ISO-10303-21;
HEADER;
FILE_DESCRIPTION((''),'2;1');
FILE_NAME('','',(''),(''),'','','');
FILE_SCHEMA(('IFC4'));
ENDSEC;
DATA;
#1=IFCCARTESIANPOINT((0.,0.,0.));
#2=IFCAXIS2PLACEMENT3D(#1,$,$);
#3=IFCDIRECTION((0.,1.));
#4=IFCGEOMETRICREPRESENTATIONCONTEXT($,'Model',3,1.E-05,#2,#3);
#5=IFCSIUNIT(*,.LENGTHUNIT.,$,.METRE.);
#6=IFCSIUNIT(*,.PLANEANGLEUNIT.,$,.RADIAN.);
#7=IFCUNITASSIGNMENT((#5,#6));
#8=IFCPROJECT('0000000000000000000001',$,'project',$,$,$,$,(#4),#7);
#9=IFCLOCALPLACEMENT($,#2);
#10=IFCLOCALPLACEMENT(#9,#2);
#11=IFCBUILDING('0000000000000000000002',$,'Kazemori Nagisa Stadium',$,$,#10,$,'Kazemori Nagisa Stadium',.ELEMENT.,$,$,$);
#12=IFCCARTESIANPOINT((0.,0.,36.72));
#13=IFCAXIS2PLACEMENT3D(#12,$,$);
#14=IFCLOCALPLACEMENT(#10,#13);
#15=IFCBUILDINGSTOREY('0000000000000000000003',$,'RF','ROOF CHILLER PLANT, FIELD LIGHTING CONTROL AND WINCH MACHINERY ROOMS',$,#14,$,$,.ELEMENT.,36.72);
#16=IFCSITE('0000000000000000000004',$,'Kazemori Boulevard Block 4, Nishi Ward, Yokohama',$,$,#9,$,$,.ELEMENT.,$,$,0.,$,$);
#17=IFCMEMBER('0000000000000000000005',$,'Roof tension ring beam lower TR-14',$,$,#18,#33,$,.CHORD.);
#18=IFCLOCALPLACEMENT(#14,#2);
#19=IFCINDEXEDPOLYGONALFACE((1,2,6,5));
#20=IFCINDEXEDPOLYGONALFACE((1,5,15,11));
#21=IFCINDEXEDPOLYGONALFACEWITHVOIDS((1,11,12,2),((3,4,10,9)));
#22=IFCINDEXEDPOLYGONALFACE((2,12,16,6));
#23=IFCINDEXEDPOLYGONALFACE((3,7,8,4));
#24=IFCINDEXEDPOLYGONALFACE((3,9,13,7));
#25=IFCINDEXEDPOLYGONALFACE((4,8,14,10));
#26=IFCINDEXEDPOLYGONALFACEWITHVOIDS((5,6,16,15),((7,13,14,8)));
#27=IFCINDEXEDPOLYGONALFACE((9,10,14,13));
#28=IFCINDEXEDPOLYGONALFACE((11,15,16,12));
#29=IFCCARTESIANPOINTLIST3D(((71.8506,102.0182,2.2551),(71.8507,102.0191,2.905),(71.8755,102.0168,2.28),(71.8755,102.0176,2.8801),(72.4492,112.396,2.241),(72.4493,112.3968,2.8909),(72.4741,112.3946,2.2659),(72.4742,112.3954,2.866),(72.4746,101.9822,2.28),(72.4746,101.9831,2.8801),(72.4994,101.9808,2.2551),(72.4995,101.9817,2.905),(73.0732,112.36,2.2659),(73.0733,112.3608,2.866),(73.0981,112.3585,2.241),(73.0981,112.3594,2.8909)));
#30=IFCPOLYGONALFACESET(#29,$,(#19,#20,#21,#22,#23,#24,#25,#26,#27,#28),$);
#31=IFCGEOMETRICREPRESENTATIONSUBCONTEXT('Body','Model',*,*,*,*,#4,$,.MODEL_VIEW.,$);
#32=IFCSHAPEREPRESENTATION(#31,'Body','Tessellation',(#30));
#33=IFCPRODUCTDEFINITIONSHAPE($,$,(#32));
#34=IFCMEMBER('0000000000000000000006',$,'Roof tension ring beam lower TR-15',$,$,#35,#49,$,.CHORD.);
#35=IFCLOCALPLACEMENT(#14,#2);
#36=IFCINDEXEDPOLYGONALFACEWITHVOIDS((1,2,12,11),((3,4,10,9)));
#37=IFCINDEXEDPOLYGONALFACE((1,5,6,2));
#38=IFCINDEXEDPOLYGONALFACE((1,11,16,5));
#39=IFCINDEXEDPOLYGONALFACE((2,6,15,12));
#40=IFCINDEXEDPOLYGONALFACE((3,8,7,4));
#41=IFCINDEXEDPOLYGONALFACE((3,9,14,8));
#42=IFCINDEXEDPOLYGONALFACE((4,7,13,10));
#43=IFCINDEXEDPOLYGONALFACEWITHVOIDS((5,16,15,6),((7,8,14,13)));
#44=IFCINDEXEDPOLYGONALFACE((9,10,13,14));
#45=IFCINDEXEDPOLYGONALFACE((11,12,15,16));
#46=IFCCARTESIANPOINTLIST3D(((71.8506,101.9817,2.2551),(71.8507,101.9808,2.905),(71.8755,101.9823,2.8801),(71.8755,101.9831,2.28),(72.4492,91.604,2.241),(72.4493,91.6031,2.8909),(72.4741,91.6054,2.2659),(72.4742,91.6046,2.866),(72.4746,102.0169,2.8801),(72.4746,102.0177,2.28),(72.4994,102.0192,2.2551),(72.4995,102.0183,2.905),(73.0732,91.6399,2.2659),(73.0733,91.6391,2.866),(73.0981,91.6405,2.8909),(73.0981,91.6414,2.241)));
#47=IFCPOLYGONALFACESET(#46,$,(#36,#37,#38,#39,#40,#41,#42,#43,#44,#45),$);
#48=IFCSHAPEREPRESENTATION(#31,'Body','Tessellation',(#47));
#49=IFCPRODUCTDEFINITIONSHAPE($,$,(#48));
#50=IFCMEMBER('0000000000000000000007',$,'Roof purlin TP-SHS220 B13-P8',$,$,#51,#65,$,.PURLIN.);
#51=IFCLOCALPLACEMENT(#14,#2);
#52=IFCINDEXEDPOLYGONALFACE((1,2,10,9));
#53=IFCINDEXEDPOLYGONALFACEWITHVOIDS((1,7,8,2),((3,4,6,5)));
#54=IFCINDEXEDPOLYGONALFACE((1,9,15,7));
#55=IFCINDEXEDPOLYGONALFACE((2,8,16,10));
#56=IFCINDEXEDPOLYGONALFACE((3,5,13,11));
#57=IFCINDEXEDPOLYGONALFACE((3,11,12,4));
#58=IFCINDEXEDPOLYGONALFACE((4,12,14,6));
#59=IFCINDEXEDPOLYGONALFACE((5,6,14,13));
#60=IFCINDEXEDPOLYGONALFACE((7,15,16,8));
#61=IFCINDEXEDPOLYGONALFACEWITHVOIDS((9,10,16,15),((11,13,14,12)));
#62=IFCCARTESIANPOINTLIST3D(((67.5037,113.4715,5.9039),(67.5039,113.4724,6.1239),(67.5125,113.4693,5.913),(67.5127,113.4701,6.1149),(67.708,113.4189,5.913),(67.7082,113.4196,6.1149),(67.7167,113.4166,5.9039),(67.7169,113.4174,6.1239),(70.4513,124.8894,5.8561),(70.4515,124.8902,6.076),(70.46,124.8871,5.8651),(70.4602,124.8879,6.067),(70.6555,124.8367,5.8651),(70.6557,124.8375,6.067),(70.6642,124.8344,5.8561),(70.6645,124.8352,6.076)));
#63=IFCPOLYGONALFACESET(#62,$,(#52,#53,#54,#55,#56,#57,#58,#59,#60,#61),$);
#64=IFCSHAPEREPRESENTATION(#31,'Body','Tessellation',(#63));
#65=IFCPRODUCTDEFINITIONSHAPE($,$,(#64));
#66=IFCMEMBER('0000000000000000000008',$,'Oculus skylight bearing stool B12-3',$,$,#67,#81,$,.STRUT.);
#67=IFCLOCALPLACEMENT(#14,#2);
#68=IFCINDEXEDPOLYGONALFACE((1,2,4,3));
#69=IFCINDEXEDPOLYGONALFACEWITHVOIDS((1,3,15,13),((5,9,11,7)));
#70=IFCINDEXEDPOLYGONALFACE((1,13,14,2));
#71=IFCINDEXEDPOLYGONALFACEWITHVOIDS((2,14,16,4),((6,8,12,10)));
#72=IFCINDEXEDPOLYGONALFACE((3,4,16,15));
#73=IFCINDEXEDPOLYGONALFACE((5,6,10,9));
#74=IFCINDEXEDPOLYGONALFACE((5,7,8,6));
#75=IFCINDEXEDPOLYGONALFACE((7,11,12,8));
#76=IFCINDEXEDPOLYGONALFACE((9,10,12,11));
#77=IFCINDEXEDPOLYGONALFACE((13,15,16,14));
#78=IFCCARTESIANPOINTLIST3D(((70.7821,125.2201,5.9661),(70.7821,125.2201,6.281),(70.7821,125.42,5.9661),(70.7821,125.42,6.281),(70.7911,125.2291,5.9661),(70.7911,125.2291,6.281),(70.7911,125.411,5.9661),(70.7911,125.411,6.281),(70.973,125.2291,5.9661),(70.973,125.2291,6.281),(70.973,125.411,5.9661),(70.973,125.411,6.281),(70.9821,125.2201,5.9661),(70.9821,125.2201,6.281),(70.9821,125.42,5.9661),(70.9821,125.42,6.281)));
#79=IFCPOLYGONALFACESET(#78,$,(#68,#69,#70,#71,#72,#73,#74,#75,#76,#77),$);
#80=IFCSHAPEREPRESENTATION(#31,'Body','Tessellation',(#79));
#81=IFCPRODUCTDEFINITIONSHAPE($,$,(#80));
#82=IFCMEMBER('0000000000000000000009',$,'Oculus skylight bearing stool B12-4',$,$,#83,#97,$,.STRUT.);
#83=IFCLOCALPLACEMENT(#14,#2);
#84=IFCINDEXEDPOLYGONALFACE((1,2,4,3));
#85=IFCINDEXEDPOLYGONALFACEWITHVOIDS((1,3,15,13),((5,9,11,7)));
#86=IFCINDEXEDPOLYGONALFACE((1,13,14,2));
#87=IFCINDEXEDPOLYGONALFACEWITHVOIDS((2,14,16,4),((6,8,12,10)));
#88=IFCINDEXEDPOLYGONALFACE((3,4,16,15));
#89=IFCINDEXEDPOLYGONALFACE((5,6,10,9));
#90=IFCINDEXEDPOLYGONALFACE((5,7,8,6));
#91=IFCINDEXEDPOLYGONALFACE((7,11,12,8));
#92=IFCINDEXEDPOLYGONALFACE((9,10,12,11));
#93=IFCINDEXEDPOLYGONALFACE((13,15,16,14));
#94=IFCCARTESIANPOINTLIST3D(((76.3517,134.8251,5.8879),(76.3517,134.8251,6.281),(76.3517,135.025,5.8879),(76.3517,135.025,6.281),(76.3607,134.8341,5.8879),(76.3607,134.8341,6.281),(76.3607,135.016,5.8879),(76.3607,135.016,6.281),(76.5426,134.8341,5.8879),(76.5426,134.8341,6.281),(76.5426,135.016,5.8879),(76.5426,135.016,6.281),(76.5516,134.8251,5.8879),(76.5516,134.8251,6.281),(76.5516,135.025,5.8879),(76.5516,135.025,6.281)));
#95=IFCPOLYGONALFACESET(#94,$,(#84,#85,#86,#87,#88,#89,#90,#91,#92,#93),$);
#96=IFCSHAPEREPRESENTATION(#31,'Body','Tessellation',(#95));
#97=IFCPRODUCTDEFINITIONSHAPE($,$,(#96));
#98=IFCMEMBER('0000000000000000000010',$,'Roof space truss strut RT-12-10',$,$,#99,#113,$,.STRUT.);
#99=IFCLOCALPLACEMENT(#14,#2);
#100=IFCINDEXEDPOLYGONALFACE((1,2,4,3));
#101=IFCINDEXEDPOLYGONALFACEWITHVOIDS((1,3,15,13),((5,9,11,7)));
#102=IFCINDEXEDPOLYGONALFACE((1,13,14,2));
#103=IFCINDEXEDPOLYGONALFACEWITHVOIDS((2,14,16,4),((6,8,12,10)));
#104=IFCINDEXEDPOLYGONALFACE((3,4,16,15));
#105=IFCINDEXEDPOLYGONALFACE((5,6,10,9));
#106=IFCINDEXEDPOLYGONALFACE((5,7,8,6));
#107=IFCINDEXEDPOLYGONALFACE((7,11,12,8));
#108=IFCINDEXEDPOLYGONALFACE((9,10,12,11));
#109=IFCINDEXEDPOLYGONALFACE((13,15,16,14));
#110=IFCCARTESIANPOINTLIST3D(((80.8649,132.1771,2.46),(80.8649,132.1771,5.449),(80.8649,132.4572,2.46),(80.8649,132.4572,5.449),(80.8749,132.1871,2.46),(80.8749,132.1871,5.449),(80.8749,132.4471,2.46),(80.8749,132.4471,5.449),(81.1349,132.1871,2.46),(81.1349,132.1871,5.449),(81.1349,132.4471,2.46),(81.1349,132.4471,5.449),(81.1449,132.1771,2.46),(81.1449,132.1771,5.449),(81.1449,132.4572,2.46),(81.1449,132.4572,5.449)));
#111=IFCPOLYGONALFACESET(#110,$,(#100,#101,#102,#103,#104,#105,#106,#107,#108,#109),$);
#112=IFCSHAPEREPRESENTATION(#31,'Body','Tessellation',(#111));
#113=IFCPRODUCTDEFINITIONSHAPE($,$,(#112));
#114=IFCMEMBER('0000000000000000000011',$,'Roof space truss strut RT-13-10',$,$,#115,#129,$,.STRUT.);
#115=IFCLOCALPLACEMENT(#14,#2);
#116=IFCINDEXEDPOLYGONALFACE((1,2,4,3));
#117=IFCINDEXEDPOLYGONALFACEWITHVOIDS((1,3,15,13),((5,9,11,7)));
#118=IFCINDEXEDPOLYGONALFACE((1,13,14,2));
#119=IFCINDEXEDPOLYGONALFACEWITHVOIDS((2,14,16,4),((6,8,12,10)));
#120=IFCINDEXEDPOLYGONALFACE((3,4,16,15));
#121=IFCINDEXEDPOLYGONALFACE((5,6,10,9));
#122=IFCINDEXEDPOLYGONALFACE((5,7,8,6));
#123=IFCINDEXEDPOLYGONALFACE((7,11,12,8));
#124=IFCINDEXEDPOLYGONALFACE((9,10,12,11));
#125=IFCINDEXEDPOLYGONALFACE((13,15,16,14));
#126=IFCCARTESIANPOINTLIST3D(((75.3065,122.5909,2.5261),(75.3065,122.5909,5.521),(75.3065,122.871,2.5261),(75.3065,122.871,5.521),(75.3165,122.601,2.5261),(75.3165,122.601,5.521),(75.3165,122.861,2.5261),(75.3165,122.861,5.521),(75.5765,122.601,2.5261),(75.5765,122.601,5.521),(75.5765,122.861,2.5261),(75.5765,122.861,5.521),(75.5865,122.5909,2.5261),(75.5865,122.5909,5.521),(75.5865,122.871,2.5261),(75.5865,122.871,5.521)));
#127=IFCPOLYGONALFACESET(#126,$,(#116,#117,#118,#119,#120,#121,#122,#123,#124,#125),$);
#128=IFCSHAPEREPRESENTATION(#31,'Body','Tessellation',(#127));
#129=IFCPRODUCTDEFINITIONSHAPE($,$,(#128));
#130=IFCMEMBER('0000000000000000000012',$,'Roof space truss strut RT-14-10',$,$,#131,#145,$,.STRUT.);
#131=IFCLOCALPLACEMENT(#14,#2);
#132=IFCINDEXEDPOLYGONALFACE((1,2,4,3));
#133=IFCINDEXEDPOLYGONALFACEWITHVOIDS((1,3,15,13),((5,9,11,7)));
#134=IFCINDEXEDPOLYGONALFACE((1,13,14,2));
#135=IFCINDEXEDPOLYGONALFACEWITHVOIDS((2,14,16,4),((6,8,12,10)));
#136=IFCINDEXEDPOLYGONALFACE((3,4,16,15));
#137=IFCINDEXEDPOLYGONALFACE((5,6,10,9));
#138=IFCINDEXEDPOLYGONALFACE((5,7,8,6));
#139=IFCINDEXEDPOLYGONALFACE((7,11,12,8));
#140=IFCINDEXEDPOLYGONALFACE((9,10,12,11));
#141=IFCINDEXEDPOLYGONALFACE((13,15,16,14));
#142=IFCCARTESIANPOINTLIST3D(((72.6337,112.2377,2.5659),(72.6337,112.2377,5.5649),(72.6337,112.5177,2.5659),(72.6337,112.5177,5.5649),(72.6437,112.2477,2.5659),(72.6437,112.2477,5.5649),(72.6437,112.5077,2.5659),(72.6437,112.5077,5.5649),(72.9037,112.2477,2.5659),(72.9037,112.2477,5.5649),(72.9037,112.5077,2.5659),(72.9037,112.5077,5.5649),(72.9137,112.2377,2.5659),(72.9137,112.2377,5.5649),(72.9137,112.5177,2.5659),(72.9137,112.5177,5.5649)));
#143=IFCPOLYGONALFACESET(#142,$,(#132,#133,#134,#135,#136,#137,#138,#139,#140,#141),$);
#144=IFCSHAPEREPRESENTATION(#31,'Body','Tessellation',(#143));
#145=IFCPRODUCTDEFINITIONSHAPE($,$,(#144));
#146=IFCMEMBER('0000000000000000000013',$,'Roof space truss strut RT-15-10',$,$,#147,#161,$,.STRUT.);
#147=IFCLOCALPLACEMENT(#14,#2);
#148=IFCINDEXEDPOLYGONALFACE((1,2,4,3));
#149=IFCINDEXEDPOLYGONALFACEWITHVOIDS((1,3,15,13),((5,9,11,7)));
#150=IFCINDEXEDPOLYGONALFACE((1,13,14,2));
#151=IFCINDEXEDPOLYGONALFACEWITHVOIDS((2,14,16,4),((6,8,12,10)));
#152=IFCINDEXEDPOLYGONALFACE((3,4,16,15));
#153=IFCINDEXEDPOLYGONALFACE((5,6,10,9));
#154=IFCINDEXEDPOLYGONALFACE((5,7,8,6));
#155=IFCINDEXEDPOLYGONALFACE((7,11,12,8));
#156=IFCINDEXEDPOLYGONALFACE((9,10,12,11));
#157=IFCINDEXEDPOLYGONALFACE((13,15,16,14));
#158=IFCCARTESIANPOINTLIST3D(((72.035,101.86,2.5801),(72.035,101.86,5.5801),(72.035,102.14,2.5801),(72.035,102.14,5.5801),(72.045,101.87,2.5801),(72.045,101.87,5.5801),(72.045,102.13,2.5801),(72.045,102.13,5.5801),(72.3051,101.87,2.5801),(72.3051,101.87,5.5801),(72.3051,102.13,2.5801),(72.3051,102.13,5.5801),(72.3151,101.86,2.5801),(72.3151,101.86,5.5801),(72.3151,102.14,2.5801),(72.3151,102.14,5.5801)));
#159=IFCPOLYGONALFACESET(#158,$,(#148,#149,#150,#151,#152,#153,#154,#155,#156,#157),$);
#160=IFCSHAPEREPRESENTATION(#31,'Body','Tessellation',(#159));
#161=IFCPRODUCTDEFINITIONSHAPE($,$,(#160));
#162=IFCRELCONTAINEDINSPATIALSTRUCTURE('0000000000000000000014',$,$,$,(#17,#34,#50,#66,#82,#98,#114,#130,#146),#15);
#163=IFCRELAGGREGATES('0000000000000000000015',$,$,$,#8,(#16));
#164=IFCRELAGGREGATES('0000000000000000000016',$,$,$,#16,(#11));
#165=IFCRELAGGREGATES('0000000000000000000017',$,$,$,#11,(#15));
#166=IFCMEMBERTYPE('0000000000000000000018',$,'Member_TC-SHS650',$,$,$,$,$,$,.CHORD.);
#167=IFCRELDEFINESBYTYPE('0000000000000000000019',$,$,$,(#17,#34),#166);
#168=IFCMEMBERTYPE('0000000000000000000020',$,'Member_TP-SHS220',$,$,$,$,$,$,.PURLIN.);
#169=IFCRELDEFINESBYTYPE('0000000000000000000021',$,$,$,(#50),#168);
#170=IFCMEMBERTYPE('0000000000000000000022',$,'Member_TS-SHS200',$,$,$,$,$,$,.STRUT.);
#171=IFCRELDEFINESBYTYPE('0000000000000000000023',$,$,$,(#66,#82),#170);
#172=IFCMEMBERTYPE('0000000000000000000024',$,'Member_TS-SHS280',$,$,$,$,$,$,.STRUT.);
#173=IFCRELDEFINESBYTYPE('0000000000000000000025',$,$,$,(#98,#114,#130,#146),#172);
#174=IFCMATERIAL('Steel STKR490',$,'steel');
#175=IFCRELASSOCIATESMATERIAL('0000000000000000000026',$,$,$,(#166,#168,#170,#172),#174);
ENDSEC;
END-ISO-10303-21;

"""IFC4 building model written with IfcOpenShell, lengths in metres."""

from ifc_helpers import new_model, si_unit, direction, frame, origin, origin_2d, place, context, subcontext, project, spatial, hollow_rectangle, extrude, material, material_profile, profile_set, type_object, element, save


model = new_model("IFC4")

# Units and contexts
model_context = context("Model", 3, precision=1e-05, world=origin(), true_north=direction((0.0, 1.0)))
body_context = subcontext(model_context, "Body", "Model", "MODEL_VIEW")
ifc_project = project(units=[si_unit("LENGTHUNIT", "METRE"), si_unit("PLANEANGLEUNIT", "RADIAN")], contexts=[model_context])

# Site, building, storey
site_placement = place(None, origin())
site = spatial("IfcSite", under=ifc_project, at=site_placement, Name="Kazemori Boulevard Block 4, Nishi Ward, Yokohama", CompositionType="ELEMENT", RefElevation=0.0)
building_placement = place(site_placement, origin())
building = spatial("IfcBuilding", under=site, at=building_placement, Name="Kazemori Nagisa Stadium", LongName="Kazemori Nagisa Stadium", CompositionType="ELEMENT")
storey_placement = place(building_placement, frame((0.0, 0.0, 36.72)))
storey = spatial("IfcBuildingStorey", under=building, at=storey_placement, Name="RF", Description="ROOF CHILLER PLANT, FIELD LIGHTING CONTROL AND WINCH MACHINERY ROOMS", CompositionType="ELEMENT", Elevation=36.72)

# Members
ifc_material = material(Name="Steel STKR490", Category="steel")
ifc_material_profile_1 = material_profile(ifc_material, hollow_rectangle(XDim=0.6499, YDim=0.6499, WallThickness=0.0249, at=origin_2d()), Name="SHS-650x650x25")
ifc_profile_set_1 = profile_set([ifc_material_profile_1], Name="Steel STKR490")
member_type_1 = type_object("IfcMemberType", Name="Member_TC-SHS650", PredefinedType="CHORD", material=ifc_profile_set_1)
for number, where, z_axis, x_axis, name in (
    (1, (72.7737, 112.3777, 2.5659), (-0.057589, -0.998339, 0.001362), (0.99834, -0.057589, 0.0), "Roof tension ring beam lower TR-14"),
    (2, (72.175, 102.0, 2.5801), (0.057589, -0.998339, -0.001362), (0.99834, 0.057589, 0.0), "Roof tension ring beam lower TR-15"),
):
    element("IfcMember", number, at=place(storey_placement, frame(where, z_axis=z_axis, x_axis=x_axis)), inside=storey, type_object=member_type_1, Name=name, PredefinedType="CHORD", context=body_context, shape_type="SweptSolid", body=[
        extrude(hollow_rectangle(XDim=0.6499, YDim=0.6499, WallThickness=0.0249, at=origin_2d()), origin(), (0.0, 0.0, 1.0), 10.395),
    ])
ifc_material_profile_2 = material_profile(ifc_material, hollow_rectangle(XDim=0.22, YDim=0.22, WallThickness=0.009, at=origin_2d()), Name="SHS-220x220x9")
ifc_profile_set_2 = profile_set([ifc_material_profile_2], Name="Steel STKR490")
member_type_2 = type_object("IfcMemberType", Name="Member_TP-SHS220", PredefinedType="PURLIN", material=ifc_profile_set_2)
member_1_placement = place(storey_placement, frame((70.5579, 124.8623, 5.9661), z_axis=(-0.249955, -0.968249, 0.004058), x_axis=(0.968257, -0.249958, 0.0)))
element("IfcMember", 3, at=member_1_placement, inside=storey, type_object=member_type_2, Name="Roof purlin TP-SHS220 B13-P8", PredefinedType="PURLIN", context=body_context, shape_type="SweptSolid", body=[
    extrude(hollow_rectangle(XDim=0.22, YDim=0.22, WallThickness=0.009, at=origin_2d()), origin(), (0.0, 0.0, 1.0), 11.7922),
])
ifc_material_profile_3 = material_profile(ifc_material, hollow_rectangle(XDim=0.2, YDim=0.2, WallThickness=0.009, at=origin_2d()), Name="SHS-200x200x9")
ifc_profile_set_3 = profile_set([ifc_material_profile_3], Name="Steel STKR490")
member_type_3 = type_object("IfcMemberType", Name="Member_TS-SHS200", PredefinedType="STRUT", material=ifc_profile_set_3)
member_2_placement = place(storey_placement, frame((70.8821, 125.3201, 5.9661), z_axis=(0.0, 0.0, 1.0), x_axis=(1.0, 0.0, 0.0)))
element("IfcMember", 4, at=member_2_placement, inside=storey, type_object=member_type_3, Name="Oculus skylight bearing stool B12-3", PredefinedType="STRUT", context=body_context, shape_type="SweptSolid", body=[
    extrude(hollow_rectangle(XDim=0.2, YDim=0.2, WallThickness=0.009, at=origin_2d()), origin(), (0.0, 0.0, 1.0), 0.3149),
])
member_3_placement = place(storey_placement, frame((76.4517, 134.925, 5.8879), z_axis=(0.0, 0.0, 1.0), x_axis=(1.0, 0.0, 0.0)))
element("IfcMember", 5, at=member_3_placement, inside=storey, type_object=member_type_3, Name="Oculus skylight bearing stool B12-4", PredefinedType="STRUT", context=body_context, shape_type="SweptSolid", body=[
    extrude(hollow_rectangle(XDim=0.2, YDim=0.2, WallThickness=0.009, at=origin_2d()), origin(), (0.0, 0.0, 1.0), 0.3931),
])
ifc_material_profile_4 = material_profile(ifc_material, hollow_rectangle(XDim=0.28, YDim=0.28, WallThickness=0.01, at=origin_2d()), Name="SHS-280x280x10")
ifc_profile_set_4 = profile_set([ifc_material_profile_4], Name="Steel STKR490")
member_type_4 = type_object("IfcMemberType", Name="Member_TS-SHS280", PredefinedType="STRUT", material=ifc_profile_set_4)
member_4_placement = place(storey_placement, frame((81.0049, 132.3171, 2.46), z_axis=(0.0, 0.0, 1.0), x_axis=(1.0, 0.0, 0.0)))
element("IfcMember", 6, at=member_4_placement, inside=storey, type_object=member_type_4, Name="Roof space truss strut RT-12-10", PredefinedType="STRUT", context=body_context, shape_type="SweptSolid", body=[
    extrude(hollow_rectangle(XDim=0.28, YDim=0.28, WallThickness=0.01, at=origin_2d()), origin(), (0.0, 0.0, 1.0), 2.989),
])
member_5_placement = place(storey_placement, frame((75.4465, 122.731, 2.5261), z_axis=(0.0, 0.0, 1.0), x_axis=(1.0, 0.0, 0.0)))
element("IfcMember", 7, at=member_5_placement, inside=storey, type_object=member_type_4, Name="Roof space truss strut RT-13-10", PredefinedType="STRUT", context=body_context, shape_type="SweptSolid", body=[
    extrude(hollow_rectangle(XDim=0.28, YDim=0.28, WallThickness=0.01, at=origin_2d()), origin(), (0.0, 0.0, 1.0), 2.9949),
])
member_6_placement = place(storey_placement, frame((72.7737, 112.3777, 2.5659), z_axis=(0.0, 0.0, 1.0), x_axis=(1.0, 0.0, 0.0)))
element("IfcMember", 8, at=member_6_placement, inside=storey, type_object=member_type_4, Name="Roof space truss strut RT-14-10", PredefinedType="STRUT", context=body_context, shape_type="SweptSolid", body=[
    extrude(hollow_rectangle(XDim=0.28, YDim=0.28, WallThickness=0.01, at=origin_2d()), origin(), (0.0, 0.0, 1.0), 2.999),
])
member_7_placement = place(storey_placement, frame((72.175, 102.0, 2.5801), z_axis=(0.0, 0.0, 1.0), x_axis=(1.0, 0.0, 0.0)))
element("IfcMember", 9, at=member_7_placement, inside=storey, type_object=member_type_4, Name="Roof space truss strut RT-15-10", PredefinedType="STRUT", context=body_context, shape_type="SweptSolid", body=[
    extrude(hollow_rectangle(XDim=0.28, YDim=0.28, WallThickness=0.01, at=origin_2d()), origin(), (0.0, 0.0, 1.0), 3.0),
])

save(model, "model.ifc")
